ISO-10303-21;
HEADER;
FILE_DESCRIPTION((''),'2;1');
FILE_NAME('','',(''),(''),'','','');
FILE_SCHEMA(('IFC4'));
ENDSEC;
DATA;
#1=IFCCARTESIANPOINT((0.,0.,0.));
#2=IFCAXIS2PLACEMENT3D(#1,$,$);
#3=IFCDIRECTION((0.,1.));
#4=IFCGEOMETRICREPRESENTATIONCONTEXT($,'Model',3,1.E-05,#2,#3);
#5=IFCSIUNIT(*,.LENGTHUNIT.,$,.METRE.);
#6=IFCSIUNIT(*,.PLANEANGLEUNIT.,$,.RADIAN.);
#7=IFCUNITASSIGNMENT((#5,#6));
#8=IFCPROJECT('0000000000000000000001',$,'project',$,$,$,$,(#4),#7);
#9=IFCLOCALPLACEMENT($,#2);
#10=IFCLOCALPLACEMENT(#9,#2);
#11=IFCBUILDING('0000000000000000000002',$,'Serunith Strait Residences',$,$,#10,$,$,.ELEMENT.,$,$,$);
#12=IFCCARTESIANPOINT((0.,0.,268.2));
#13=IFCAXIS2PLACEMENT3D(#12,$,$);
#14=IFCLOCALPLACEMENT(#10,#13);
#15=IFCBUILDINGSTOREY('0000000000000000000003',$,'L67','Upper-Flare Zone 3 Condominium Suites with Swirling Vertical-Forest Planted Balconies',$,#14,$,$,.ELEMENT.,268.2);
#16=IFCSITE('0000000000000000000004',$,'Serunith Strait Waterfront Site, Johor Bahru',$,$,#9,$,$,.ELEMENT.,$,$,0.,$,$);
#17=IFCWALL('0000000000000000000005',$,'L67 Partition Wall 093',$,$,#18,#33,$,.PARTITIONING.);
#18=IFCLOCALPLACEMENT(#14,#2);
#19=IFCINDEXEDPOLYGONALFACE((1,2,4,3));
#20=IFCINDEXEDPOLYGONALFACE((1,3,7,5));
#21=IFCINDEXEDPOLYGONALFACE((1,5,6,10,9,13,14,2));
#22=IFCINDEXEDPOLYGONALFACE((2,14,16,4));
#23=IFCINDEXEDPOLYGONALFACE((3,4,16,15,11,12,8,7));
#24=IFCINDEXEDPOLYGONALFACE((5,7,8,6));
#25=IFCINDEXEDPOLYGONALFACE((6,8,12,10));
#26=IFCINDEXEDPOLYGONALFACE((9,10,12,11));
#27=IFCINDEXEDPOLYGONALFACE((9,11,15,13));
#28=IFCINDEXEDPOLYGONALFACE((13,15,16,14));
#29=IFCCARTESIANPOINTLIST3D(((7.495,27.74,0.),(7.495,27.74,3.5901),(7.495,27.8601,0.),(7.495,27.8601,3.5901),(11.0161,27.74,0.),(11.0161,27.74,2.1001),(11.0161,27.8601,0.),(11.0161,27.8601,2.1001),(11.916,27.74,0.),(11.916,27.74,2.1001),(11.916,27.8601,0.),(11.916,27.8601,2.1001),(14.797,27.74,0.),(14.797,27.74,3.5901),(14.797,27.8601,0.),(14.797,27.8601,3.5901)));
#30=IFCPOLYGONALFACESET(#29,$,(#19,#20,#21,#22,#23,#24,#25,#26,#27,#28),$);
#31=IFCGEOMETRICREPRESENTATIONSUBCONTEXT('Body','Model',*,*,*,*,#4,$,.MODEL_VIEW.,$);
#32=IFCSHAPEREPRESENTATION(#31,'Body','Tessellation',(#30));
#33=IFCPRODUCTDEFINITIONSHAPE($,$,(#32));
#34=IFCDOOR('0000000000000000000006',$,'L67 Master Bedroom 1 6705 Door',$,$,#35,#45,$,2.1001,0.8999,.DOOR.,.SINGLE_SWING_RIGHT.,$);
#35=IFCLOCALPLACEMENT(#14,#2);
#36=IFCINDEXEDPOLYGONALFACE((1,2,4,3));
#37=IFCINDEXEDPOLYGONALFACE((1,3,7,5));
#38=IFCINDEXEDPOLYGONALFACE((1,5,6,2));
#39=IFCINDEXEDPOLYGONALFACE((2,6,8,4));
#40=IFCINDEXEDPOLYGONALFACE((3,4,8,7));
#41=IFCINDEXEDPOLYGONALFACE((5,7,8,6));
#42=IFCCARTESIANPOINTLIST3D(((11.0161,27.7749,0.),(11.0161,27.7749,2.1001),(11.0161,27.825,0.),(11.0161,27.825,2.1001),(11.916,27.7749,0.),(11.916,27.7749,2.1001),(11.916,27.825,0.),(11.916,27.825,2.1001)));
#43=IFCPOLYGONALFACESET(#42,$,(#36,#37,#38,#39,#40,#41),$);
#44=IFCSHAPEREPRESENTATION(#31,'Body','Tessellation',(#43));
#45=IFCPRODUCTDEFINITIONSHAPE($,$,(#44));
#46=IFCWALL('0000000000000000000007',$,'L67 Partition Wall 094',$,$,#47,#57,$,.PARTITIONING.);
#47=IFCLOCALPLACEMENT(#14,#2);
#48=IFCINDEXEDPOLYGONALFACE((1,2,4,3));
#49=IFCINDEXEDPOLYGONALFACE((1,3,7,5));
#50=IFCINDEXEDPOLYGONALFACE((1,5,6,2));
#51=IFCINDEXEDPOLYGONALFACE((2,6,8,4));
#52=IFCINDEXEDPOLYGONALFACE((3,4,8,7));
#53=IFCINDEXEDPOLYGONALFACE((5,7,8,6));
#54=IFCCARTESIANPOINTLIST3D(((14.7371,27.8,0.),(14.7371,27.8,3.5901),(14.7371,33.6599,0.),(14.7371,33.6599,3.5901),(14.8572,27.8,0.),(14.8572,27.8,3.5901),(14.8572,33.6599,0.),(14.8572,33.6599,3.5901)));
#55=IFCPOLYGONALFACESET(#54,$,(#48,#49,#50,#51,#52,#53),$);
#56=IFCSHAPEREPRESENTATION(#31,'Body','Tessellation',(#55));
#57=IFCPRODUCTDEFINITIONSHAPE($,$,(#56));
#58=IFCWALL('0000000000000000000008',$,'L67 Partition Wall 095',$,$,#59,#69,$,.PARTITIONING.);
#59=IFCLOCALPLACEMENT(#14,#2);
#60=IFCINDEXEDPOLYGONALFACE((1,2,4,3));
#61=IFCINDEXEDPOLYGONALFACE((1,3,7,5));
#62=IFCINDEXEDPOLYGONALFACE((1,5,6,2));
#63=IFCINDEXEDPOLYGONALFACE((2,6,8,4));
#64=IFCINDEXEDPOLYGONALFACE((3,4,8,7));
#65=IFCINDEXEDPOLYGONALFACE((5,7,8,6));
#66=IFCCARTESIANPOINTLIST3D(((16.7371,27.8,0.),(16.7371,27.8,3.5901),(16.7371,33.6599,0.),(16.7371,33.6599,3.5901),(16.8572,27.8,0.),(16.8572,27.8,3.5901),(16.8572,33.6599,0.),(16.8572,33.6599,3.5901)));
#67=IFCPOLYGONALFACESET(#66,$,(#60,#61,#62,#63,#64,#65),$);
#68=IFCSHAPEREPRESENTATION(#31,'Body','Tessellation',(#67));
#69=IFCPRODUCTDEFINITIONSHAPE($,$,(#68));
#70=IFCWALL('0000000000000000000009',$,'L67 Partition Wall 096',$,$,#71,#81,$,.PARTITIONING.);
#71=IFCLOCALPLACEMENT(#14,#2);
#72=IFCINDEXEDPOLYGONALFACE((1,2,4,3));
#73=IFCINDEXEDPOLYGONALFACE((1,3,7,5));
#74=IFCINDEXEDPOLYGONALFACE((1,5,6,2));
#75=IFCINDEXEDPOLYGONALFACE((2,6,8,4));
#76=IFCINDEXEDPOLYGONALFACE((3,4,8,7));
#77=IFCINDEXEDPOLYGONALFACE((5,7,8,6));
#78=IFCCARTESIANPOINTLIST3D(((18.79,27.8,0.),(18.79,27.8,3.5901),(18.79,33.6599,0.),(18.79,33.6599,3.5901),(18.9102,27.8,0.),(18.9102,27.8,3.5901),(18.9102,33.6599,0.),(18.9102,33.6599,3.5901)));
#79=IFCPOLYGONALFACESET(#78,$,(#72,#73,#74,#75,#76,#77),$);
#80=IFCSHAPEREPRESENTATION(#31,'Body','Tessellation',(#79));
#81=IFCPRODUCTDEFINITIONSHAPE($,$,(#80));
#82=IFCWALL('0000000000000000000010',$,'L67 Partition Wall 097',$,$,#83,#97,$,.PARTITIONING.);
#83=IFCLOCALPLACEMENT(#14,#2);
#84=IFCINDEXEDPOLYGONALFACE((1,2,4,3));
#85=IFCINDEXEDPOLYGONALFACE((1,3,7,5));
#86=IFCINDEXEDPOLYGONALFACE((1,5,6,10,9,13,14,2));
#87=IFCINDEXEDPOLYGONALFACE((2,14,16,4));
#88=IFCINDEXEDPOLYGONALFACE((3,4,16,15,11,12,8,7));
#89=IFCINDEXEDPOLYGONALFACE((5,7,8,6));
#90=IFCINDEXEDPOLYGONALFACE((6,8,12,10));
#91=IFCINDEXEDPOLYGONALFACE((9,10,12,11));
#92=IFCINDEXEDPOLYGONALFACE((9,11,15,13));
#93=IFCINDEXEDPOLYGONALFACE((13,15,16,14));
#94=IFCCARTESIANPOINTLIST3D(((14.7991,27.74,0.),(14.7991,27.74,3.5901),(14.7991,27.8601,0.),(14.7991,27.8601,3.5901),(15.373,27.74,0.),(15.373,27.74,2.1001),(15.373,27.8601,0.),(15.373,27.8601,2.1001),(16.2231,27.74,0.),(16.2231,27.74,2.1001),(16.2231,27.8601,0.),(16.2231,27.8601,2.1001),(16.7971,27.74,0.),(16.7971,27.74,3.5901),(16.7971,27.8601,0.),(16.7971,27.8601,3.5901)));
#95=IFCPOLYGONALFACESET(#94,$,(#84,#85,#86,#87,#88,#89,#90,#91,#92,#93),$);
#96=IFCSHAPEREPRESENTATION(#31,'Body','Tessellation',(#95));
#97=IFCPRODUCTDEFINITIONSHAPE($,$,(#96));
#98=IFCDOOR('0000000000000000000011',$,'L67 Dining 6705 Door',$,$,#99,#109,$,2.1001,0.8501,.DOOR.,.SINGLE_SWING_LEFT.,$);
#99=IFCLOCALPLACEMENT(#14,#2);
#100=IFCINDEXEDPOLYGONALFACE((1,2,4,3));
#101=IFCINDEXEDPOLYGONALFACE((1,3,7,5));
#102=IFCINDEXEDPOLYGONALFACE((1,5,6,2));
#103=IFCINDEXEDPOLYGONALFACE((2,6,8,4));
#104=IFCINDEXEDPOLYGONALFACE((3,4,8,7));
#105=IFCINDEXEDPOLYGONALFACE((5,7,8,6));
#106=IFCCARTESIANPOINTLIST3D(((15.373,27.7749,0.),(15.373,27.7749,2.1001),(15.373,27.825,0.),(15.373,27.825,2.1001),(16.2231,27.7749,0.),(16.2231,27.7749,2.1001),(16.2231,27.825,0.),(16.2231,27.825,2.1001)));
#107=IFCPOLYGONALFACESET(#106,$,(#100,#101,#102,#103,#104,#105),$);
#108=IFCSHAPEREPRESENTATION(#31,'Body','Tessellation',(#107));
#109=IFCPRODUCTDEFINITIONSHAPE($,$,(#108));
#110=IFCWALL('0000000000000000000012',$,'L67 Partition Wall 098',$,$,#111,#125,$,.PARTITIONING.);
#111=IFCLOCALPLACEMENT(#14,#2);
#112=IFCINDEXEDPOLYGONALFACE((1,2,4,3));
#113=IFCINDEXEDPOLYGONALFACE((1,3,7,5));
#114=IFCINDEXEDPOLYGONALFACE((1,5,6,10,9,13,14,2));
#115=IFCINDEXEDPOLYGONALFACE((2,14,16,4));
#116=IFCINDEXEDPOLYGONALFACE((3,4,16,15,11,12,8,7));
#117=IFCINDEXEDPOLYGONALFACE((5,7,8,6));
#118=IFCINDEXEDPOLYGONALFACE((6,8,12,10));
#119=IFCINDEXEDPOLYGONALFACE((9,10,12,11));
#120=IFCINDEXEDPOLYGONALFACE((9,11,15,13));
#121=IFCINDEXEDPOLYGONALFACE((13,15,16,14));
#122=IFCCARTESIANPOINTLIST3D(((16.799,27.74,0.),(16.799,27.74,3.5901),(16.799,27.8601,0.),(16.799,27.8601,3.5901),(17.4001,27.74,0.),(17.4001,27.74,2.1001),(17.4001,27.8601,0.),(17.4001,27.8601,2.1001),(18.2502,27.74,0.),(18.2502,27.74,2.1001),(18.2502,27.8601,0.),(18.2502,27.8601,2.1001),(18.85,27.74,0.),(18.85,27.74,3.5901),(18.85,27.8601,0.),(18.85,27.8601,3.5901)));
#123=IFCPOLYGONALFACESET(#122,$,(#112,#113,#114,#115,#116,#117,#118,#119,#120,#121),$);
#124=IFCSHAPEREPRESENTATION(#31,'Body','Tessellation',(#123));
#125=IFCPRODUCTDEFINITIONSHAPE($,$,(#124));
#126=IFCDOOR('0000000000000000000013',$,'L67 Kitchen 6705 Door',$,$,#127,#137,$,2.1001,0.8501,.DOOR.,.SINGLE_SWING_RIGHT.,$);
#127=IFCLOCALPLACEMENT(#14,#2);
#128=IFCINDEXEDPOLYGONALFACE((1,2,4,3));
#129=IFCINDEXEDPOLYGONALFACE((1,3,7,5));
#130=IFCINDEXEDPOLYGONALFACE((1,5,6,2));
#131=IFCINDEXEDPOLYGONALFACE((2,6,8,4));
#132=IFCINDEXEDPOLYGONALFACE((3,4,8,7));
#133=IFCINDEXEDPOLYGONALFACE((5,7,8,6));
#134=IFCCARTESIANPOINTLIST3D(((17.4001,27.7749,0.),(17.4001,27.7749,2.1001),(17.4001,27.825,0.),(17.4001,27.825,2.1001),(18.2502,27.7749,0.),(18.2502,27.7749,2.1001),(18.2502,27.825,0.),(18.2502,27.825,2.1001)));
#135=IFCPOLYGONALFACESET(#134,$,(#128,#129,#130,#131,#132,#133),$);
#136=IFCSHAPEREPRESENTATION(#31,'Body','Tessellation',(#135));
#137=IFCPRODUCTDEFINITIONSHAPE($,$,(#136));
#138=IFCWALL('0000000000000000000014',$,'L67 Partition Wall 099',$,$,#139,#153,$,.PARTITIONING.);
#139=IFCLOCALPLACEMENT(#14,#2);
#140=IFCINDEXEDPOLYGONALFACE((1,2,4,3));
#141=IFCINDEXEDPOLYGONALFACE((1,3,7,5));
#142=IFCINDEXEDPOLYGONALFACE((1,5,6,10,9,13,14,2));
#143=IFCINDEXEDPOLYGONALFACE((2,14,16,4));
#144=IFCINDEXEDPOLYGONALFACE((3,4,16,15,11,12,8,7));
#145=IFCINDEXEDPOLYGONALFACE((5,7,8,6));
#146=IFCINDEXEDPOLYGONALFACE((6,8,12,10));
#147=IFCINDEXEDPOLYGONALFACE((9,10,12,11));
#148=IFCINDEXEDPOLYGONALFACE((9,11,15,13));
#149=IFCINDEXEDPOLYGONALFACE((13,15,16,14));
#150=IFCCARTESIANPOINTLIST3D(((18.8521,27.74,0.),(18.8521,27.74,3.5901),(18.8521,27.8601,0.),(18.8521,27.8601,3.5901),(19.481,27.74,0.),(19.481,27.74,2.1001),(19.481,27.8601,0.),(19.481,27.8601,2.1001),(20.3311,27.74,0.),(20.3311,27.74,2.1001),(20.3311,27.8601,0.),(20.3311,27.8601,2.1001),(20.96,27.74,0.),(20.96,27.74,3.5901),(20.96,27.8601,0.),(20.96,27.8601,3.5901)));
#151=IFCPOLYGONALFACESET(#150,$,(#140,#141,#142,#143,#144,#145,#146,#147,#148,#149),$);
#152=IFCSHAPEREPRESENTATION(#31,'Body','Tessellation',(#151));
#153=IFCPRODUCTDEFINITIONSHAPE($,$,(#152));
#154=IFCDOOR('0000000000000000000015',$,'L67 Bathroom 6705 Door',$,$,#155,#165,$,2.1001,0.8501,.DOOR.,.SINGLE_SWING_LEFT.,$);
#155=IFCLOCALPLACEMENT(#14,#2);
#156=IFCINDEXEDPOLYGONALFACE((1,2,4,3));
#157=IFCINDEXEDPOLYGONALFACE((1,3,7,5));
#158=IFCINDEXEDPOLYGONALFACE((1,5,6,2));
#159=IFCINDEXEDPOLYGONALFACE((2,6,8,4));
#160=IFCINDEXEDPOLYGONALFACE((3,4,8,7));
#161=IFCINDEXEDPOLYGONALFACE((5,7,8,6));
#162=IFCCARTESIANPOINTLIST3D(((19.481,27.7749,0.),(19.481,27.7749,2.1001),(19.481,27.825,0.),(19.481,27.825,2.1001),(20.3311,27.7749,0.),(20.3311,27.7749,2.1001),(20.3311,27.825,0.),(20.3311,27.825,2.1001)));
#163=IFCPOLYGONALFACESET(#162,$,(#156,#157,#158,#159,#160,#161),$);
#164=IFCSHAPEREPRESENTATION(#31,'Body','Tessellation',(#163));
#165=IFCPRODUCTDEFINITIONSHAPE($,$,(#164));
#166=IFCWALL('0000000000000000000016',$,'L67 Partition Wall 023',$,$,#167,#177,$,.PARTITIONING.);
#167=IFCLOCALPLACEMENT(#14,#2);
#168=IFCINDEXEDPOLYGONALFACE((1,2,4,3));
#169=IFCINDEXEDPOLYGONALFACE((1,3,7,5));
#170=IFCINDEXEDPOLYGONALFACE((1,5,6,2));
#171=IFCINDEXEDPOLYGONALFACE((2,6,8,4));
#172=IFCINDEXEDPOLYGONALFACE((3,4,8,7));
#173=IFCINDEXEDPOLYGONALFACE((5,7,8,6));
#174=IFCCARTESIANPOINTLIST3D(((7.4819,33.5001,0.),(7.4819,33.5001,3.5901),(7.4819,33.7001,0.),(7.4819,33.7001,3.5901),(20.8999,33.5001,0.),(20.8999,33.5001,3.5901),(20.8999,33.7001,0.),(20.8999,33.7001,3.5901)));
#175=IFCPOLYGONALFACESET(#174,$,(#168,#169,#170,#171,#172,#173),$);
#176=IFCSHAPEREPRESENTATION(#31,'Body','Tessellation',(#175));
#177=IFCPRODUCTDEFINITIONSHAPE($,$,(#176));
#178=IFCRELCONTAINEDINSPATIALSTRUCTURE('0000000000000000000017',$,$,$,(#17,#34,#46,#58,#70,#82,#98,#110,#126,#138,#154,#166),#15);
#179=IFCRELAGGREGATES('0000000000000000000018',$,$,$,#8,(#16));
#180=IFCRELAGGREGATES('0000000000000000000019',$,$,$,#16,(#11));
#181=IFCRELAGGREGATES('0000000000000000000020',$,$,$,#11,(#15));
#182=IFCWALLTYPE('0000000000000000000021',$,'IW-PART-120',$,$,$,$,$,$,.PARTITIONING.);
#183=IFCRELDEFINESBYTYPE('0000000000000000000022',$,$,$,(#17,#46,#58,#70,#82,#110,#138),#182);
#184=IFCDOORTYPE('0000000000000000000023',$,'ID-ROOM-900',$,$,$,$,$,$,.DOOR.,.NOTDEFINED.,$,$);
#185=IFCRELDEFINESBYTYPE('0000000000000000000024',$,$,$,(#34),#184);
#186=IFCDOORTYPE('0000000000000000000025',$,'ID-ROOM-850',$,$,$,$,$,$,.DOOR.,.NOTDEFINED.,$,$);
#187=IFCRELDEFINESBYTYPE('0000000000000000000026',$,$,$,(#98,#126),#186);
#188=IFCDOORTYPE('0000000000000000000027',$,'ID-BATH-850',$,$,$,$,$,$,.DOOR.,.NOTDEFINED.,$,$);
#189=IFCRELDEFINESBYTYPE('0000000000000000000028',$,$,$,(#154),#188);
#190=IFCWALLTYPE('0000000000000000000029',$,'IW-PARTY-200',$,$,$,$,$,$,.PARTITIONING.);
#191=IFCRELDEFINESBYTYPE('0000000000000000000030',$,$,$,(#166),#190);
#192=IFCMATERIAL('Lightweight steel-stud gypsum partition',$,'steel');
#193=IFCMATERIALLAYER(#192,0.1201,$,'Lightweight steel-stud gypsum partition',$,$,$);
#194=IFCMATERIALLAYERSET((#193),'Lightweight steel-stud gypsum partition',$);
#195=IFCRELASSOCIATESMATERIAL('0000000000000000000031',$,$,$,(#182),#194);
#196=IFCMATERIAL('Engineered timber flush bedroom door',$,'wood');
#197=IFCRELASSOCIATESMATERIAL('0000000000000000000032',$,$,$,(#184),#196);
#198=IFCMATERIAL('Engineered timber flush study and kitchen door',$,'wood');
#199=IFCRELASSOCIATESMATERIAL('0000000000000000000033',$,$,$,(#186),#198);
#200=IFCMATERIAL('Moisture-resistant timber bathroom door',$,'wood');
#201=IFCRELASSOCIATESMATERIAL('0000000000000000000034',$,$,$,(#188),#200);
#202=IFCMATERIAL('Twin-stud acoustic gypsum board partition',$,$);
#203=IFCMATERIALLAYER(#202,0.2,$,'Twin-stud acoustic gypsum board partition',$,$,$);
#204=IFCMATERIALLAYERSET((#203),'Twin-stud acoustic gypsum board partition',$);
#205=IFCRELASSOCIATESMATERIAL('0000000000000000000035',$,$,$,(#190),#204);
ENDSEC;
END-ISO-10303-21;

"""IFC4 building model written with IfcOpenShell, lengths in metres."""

from ifc_helpers import new_model, si_unit, direction, frame, frame_2d, origin, place, context, subcontext, project, spatial, rectangle, extrude, source, transform, mapped, material, layer, layer_set, type_object, element, fill, save


model = new_model("IFC4")

# Units and contexts
model_context = context("Model", 3, precision=1e-05, world=origin(), true_north=direction((0.0, 1.0)))
body_context = subcontext(model_context, "Body", "Model", "MODEL_VIEW")
ifc_project = project(units=[si_unit("LENGTHUNIT", "METRE"), si_unit("PLANEANGLEUNIT", "RADIAN")], contexts=[model_context])

# Site, building, storey
site_placement = place(None, origin())
site = spatial("IfcSite", under=ifc_project, at=site_placement, Name="Serunith Strait Waterfront Site, Johor Bahru", CompositionType="ELEMENT", RefElevation=0.0)
building_placement = place(site_placement, origin())
building = spatial("IfcBuilding", under=site, at=building_placement, Name="Serunith Strait Residences", CompositionType="ELEMENT")
storey_placement = place(building_placement, frame((0.0, 0.0, 268.2)))
storey = spatial("IfcBuildingStorey", under=building, at=storey_placement, Name="L67", Description="Upper-Flare Zone 3 Condominium Suites with Swirling Vertical-Forest Planted Balconies", CompositionType="ELEMENT", Elevation=268.2)

# Wall, opening, door
ifc_material_1 = material(Name="Lightweight steel-stud gypsum partition", Category="steel")
ifc_layer_1 = layer(ifc_material_1, 0.1201, Name="Lightweight steel-stud gypsum partition")
ifc_layer_set_1 = layer_set([ifc_layer_1], Name="Lightweight steel-stud gypsum partition")
wall_type_1 = type_object("IfcWallType", Name="IW-PART-120", PredefinedType="PARTITIONING", material=ifc_layer_set_1)
wall_1_placement = place(storey_placement, frame((7.4951, 27.8, 0.0), z_axis=(0.0, 0.0, 1.0), x_axis=(1.0, 0.0, 0.0)))
wall_1 = element("IfcWall", 1, at=wall_1_placement, inside=storey, type_object=wall_type_1, Name="L67 Partition Wall 093", PredefinedType="PARTITIONING", context=body_context, shape_type="SweptSolid", body=[
    extrude(rectangle(XDim=7.302, YDim=0.1201, at=frame_2d((3.6509, 0.0))), origin(), (0.0, 0.0, 1.0), 3.5901),
])
opening_1_placement = place(wall_1_placement, frame((3.521, 0.0, 0.0)))
opening_1 = element("IfcOpeningElement", 2, at=opening_1_placement, cuts=wall_1, PredefinedType="OPENING", context=body_context, shape_type="SweptSolid", body=[
    extrude(rectangle(XDim=0.8999, YDim=2.1001, at=frame_2d((0.45, 1.05))), frame((0.0, 0.0701, 0.0), z_axis=(0.0, -1.0, 0.0), x_axis=(1.0, 0.0, 0.0)), (0.0, 0.0, 1.0), 0.1401),
])
ifc_material_2 = material(Name="Engineered timber flush bedroom door", Category="wood")
door_type_1 = type_object("IfcDoorType", Name="ID-ROOM-900", OperationType="NOTDEFINED", PredefinedType="DOOR", material=ifc_material_2)
shared_shape_1 = source(origin(), body_context, "Body", "SweptSolid", [
    extrude(rectangle(XDim=0.8999, YDim=2.1001, at=frame_2d((0.45, 1.05))), frame((0.0, 0.0249, 0.0), z_axis=(0.0, -1.0, 0.0), x_axis=(1.0, 0.0, 0.0)), (0.0, 0.0, 1.0), 0.05),
])
door_1_placement = place(opening_1_placement, origin())
door_1 = element("IfcDoor", 3, at=door_1_placement, inside=storey, type_object=door_type_1, Name="L67 Master Bedroom 1 6705 Door", OperationType="SINGLE_SWING_RIGHT", OverallHeight=2.1001, OverallWidth=0.8999, PredefinedType="DOOR", context=body_context, shape_type="MappedRepresentation", body=[
    mapped(shared_shape_1, transform((0.0, 0.0, 0.0), scale=1.0)),
])
fill(opening_1, door_1)

# Walls
for number, where, z_axis, x_axis, name in (
    (4, (14.7971, 27.8, 0.0), (0.0, 0.0, 1.0), (0.0, 1.0, 0.0), "L67 Partition Wall 094"),
    (5, (16.7971, 27.8, 0.0), (0.0, 0.0, 1.0), (0.0, 1.0, 0.0), "L67 Partition Wall 095"),
    (6, (18.8501, 27.8, 0.0), (0.0, 0.0, 1.0), (0.0, 1.0, 0.0), "L67 Partition Wall 096"),
):
    element("IfcWall", number, at=place(storey_placement, frame(where, z_axis=z_axis, x_axis=x_axis)), inside=storey, type_object=wall_type_1, Name=name, PredefinedType="PARTITIONING", context=body_context, shape_type="SweptSolid", body=[
        extrude(rectangle(XDim=5.8599, YDim=0.1201, at=frame_2d((2.9299, 0.0))), origin(), (0.0, 0.0, 1.0), 3.5901),
    ])

# Walls, openings, doors
wall_2_placement = place(storey_placement, frame((14.7991, 27.8, 0.0), z_axis=(0.0, 0.0, 1.0), x_axis=(1.0, 0.0, 0.0)))
wall_2 = element("IfcWall", 7, at=wall_2_placement, inside=storey, type_object=wall_type_1, Name="L67 Partition Wall 097", PredefinedType="PARTITIONING", context=body_context, shape_type="SweptSolid", body=[
    extrude(rectangle(XDim=1.998, YDim=0.1201, at=frame_2d((0.999, 0.0))), origin(), (0.0, 0.0, 1.0), 3.5901),
])
opening_2_placement = place(wall_2_placement, frame((0.574, 0.0, 0.0)))
opening_2 = element("IfcOpeningElement", 8, at=opening_2_placement, cuts=wall_2, PredefinedType="OPENING", context=body_context, shape_type="SweptSolid", body=[
    extrude(rectangle(XDim=0.8501, YDim=2.1001, at=frame_2d((0.425, 1.05))), frame((0.0, 0.0701, 0.0), z_axis=(0.0, -1.0, 0.0), x_axis=(1.0, 0.0, 0.0)), (0.0, 0.0, 1.0), 0.1401),
])
ifc_material_3 = material(Name="Engineered timber flush study and kitchen door", Category="wood")
door_type_2 = type_object("IfcDoorType", Name="ID-ROOM-850", OperationType="NOTDEFINED", PredefinedType="DOOR", material=ifc_material_3)
shared_shape_2 = source(origin(), body_context, "Body", "SweptSolid", [
    extrude(rectangle(XDim=0.8501, YDim=2.1001, at=frame_2d((0.425, 1.05))), frame((0.0, 0.0249, 0.0), z_axis=(0.0, -1.0, 0.0), x_axis=(1.0, 0.0, 0.0)), (0.0, 0.0, 1.0), 0.05),
])
door_2_placement = place(opening_2_placement, origin())
door_2 = element("IfcDoor", 9, at=door_2_placement, inside=storey, type_object=door_type_2, Name="L67 Dining 6705 Door", OperationType="SINGLE_SWING_LEFT", OverallHeight=2.1001, OverallWidth=0.8501, PredefinedType="DOOR", context=body_context, shape_type="MappedRepresentation", body=[
    mapped(shared_shape_2, transform((0.0, 0.0, 0.0), scale=1.0)),
])
fill(opening_2, door_2)
wall_3_placement = place(storey_placement, frame((16.7991, 27.8, 0.0), z_axis=(0.0, 0.0, 1.0), x_axis=(1.0, 0.0, 0.0)))
wall_3 = element("IfcWall", 10, at=wall_3_placement, inside=storey, type_object=wall_type_1, Name="L67 Partition Wall 098", PredefinedType="PARTITIONING", context=body_context, shape_type="SweptSolid", body=[
    extrude(rectangle(XDim=2.051, YDim=0.1201, at=frame_2d((1.0254, 0.0))), origin(), (0.0, 0.0, 1.0), 3.5901),
])
opening_3_placement = place(wall_3_placement, frame((0.6011, 0.0, 0.0)))
opening_3 = element("IfcOpeningElement", 11, at=opening_3_placement, cuts=wall_3, PredefinedType="OPENING", context=body_context, shape_type="SweptSolid", body=[
    extrude(rectangle(XDim=0.8501, YDim=2.1001, at=frame_2d((0.425, 1.05))), frame((0.0, 0.0701, 0.0), z_axis=(0.0, -1.0, 0.0), x_axis=(1.0, 0.0, 0.0)), (0.0, 0.0, 1.0), 0.1401),
])
door_3_placement = place(opening_3_placement, origin())
door_3 = element("IfcDoor", 12, at=door_3_placement, inside=storey, type_object=door_type_2, Name="L67 Kitchen 6705 Door", OperationType="SINGLE_SWING_RIGHT", OverallHeight=2.1001, OverallWidth=0.8501, PredefinedType="DOOR", context=body_context, shape_type="MappedRepresentation", body=[
    mapped(shared_shape_2, transform((0.0, 0.0, 0.0), scale=1.0)),
])
fill(opening_3, door_3)
wall_4_placement = place(storey_placement, frame((18.8521, 27.8, 0.0), z_axis=(0.0, 0.0, 1.0), x_axis=(1.0, 0.0, 0.0)))
wall_4 = element("IfcWall", 13, at=wall_4_placement, inside=storey, type_object=wall_type_1, Name="L67 Partition Wall 099", PredefinedType="PARTITIONING", context=body_context, shape_type="SweptSolid", body=[
    extrude(rectangle(XDim=2.1079, YDim=0.1201, at=frame_2d((1.054, 0.0))), origin(), (0.0, 0.0, 1.0), 3.5901),
])
opening_4_placement = place(wall_4_placement, frame((0.6289, 0.0, 0.0)))
opening_4 = element("IfcOpeningElement", 14, at=opening_4_placement, cuts=wall_4, PredefinedType="OPENING", context=body_context, shape_type="SweptSolid", body=[
    extrude(rectangle(XDim=0.8501, YDim=2.1001, at=frame_2d((0.425, 1.05))), frame((0.0, 0.0701, 0.0), z_axis=(0.0, -1.0, 0.0), x_axis=(1.0, 0.0, 0.0)), (0.0, 0.0, 1.0), 0.1401),
])
ifc_material_4 = material(Name="Moisture-resistant timber bathroom door", Category="wood")
door_type_3 = type_object("IfcDoorType", Name="ID-BATH-850", OperationType="NOTDEFINED", PredefinedType="DOOR", material=ifc_material_4)
door_4_placement = place(opening_4_placement, origin())
door_4 = element("IfcDoor", 15, at=door_4_placement, inside=storey, type_object=door_type_3, Name="L67 Bathroom 6705 Door", OperationType="SINGLE_SWING_LEFT", OverallHeight=2.1001, OverallWidth=0.8501, PredefinedType="DOOR", context=body_context, shape_type="MappedRepresentation", body=[
    mapped(shared_shape_2, transform((0.0, 0.0, 0.0), scale=1.0)),
])
fill(opening_4, door_4)

# Wall
ifc_material_5 = material(Name="Twin-stud acoustic gypsum board partition")
ifc_layer_2 = layer(ifc_material_5, 0.2, Name="Twin-stud acoustic gypsum board partition")
ifc_layer_set_2 = layer_set([ifc_layer_2], Name="Twin-stud acoustic gypsum board partition")
wall_type_2 = type_object("IfcWallType", Name="IW-PARTY-200", PredefinedType="PARTITIONING", material=ifc_layer_set_2)
wall_5_placement = place(storey_placement, frame((7.4819, 33.6001, 0.0), z_axis=(0.0, 0.0, 1.0), x_axis=(1.0, 0.0, 0.0)))
element("IfcWall", 16, at=wall_5_placement, inside=storey, type_object=wall_type_2, Name="L67 Partition Wall 023", PredefinedType="PARTITIONING", context=body_context, shape_type="SweptSolid", body=[
    extrude(rectangle(XDim=13.418, YDim=0.2, at=frame_2d((6.709, 0.0))), origin(), (0.0, 0.0, 1.0), 3.5901),
])

save(model, "model.ifc")
